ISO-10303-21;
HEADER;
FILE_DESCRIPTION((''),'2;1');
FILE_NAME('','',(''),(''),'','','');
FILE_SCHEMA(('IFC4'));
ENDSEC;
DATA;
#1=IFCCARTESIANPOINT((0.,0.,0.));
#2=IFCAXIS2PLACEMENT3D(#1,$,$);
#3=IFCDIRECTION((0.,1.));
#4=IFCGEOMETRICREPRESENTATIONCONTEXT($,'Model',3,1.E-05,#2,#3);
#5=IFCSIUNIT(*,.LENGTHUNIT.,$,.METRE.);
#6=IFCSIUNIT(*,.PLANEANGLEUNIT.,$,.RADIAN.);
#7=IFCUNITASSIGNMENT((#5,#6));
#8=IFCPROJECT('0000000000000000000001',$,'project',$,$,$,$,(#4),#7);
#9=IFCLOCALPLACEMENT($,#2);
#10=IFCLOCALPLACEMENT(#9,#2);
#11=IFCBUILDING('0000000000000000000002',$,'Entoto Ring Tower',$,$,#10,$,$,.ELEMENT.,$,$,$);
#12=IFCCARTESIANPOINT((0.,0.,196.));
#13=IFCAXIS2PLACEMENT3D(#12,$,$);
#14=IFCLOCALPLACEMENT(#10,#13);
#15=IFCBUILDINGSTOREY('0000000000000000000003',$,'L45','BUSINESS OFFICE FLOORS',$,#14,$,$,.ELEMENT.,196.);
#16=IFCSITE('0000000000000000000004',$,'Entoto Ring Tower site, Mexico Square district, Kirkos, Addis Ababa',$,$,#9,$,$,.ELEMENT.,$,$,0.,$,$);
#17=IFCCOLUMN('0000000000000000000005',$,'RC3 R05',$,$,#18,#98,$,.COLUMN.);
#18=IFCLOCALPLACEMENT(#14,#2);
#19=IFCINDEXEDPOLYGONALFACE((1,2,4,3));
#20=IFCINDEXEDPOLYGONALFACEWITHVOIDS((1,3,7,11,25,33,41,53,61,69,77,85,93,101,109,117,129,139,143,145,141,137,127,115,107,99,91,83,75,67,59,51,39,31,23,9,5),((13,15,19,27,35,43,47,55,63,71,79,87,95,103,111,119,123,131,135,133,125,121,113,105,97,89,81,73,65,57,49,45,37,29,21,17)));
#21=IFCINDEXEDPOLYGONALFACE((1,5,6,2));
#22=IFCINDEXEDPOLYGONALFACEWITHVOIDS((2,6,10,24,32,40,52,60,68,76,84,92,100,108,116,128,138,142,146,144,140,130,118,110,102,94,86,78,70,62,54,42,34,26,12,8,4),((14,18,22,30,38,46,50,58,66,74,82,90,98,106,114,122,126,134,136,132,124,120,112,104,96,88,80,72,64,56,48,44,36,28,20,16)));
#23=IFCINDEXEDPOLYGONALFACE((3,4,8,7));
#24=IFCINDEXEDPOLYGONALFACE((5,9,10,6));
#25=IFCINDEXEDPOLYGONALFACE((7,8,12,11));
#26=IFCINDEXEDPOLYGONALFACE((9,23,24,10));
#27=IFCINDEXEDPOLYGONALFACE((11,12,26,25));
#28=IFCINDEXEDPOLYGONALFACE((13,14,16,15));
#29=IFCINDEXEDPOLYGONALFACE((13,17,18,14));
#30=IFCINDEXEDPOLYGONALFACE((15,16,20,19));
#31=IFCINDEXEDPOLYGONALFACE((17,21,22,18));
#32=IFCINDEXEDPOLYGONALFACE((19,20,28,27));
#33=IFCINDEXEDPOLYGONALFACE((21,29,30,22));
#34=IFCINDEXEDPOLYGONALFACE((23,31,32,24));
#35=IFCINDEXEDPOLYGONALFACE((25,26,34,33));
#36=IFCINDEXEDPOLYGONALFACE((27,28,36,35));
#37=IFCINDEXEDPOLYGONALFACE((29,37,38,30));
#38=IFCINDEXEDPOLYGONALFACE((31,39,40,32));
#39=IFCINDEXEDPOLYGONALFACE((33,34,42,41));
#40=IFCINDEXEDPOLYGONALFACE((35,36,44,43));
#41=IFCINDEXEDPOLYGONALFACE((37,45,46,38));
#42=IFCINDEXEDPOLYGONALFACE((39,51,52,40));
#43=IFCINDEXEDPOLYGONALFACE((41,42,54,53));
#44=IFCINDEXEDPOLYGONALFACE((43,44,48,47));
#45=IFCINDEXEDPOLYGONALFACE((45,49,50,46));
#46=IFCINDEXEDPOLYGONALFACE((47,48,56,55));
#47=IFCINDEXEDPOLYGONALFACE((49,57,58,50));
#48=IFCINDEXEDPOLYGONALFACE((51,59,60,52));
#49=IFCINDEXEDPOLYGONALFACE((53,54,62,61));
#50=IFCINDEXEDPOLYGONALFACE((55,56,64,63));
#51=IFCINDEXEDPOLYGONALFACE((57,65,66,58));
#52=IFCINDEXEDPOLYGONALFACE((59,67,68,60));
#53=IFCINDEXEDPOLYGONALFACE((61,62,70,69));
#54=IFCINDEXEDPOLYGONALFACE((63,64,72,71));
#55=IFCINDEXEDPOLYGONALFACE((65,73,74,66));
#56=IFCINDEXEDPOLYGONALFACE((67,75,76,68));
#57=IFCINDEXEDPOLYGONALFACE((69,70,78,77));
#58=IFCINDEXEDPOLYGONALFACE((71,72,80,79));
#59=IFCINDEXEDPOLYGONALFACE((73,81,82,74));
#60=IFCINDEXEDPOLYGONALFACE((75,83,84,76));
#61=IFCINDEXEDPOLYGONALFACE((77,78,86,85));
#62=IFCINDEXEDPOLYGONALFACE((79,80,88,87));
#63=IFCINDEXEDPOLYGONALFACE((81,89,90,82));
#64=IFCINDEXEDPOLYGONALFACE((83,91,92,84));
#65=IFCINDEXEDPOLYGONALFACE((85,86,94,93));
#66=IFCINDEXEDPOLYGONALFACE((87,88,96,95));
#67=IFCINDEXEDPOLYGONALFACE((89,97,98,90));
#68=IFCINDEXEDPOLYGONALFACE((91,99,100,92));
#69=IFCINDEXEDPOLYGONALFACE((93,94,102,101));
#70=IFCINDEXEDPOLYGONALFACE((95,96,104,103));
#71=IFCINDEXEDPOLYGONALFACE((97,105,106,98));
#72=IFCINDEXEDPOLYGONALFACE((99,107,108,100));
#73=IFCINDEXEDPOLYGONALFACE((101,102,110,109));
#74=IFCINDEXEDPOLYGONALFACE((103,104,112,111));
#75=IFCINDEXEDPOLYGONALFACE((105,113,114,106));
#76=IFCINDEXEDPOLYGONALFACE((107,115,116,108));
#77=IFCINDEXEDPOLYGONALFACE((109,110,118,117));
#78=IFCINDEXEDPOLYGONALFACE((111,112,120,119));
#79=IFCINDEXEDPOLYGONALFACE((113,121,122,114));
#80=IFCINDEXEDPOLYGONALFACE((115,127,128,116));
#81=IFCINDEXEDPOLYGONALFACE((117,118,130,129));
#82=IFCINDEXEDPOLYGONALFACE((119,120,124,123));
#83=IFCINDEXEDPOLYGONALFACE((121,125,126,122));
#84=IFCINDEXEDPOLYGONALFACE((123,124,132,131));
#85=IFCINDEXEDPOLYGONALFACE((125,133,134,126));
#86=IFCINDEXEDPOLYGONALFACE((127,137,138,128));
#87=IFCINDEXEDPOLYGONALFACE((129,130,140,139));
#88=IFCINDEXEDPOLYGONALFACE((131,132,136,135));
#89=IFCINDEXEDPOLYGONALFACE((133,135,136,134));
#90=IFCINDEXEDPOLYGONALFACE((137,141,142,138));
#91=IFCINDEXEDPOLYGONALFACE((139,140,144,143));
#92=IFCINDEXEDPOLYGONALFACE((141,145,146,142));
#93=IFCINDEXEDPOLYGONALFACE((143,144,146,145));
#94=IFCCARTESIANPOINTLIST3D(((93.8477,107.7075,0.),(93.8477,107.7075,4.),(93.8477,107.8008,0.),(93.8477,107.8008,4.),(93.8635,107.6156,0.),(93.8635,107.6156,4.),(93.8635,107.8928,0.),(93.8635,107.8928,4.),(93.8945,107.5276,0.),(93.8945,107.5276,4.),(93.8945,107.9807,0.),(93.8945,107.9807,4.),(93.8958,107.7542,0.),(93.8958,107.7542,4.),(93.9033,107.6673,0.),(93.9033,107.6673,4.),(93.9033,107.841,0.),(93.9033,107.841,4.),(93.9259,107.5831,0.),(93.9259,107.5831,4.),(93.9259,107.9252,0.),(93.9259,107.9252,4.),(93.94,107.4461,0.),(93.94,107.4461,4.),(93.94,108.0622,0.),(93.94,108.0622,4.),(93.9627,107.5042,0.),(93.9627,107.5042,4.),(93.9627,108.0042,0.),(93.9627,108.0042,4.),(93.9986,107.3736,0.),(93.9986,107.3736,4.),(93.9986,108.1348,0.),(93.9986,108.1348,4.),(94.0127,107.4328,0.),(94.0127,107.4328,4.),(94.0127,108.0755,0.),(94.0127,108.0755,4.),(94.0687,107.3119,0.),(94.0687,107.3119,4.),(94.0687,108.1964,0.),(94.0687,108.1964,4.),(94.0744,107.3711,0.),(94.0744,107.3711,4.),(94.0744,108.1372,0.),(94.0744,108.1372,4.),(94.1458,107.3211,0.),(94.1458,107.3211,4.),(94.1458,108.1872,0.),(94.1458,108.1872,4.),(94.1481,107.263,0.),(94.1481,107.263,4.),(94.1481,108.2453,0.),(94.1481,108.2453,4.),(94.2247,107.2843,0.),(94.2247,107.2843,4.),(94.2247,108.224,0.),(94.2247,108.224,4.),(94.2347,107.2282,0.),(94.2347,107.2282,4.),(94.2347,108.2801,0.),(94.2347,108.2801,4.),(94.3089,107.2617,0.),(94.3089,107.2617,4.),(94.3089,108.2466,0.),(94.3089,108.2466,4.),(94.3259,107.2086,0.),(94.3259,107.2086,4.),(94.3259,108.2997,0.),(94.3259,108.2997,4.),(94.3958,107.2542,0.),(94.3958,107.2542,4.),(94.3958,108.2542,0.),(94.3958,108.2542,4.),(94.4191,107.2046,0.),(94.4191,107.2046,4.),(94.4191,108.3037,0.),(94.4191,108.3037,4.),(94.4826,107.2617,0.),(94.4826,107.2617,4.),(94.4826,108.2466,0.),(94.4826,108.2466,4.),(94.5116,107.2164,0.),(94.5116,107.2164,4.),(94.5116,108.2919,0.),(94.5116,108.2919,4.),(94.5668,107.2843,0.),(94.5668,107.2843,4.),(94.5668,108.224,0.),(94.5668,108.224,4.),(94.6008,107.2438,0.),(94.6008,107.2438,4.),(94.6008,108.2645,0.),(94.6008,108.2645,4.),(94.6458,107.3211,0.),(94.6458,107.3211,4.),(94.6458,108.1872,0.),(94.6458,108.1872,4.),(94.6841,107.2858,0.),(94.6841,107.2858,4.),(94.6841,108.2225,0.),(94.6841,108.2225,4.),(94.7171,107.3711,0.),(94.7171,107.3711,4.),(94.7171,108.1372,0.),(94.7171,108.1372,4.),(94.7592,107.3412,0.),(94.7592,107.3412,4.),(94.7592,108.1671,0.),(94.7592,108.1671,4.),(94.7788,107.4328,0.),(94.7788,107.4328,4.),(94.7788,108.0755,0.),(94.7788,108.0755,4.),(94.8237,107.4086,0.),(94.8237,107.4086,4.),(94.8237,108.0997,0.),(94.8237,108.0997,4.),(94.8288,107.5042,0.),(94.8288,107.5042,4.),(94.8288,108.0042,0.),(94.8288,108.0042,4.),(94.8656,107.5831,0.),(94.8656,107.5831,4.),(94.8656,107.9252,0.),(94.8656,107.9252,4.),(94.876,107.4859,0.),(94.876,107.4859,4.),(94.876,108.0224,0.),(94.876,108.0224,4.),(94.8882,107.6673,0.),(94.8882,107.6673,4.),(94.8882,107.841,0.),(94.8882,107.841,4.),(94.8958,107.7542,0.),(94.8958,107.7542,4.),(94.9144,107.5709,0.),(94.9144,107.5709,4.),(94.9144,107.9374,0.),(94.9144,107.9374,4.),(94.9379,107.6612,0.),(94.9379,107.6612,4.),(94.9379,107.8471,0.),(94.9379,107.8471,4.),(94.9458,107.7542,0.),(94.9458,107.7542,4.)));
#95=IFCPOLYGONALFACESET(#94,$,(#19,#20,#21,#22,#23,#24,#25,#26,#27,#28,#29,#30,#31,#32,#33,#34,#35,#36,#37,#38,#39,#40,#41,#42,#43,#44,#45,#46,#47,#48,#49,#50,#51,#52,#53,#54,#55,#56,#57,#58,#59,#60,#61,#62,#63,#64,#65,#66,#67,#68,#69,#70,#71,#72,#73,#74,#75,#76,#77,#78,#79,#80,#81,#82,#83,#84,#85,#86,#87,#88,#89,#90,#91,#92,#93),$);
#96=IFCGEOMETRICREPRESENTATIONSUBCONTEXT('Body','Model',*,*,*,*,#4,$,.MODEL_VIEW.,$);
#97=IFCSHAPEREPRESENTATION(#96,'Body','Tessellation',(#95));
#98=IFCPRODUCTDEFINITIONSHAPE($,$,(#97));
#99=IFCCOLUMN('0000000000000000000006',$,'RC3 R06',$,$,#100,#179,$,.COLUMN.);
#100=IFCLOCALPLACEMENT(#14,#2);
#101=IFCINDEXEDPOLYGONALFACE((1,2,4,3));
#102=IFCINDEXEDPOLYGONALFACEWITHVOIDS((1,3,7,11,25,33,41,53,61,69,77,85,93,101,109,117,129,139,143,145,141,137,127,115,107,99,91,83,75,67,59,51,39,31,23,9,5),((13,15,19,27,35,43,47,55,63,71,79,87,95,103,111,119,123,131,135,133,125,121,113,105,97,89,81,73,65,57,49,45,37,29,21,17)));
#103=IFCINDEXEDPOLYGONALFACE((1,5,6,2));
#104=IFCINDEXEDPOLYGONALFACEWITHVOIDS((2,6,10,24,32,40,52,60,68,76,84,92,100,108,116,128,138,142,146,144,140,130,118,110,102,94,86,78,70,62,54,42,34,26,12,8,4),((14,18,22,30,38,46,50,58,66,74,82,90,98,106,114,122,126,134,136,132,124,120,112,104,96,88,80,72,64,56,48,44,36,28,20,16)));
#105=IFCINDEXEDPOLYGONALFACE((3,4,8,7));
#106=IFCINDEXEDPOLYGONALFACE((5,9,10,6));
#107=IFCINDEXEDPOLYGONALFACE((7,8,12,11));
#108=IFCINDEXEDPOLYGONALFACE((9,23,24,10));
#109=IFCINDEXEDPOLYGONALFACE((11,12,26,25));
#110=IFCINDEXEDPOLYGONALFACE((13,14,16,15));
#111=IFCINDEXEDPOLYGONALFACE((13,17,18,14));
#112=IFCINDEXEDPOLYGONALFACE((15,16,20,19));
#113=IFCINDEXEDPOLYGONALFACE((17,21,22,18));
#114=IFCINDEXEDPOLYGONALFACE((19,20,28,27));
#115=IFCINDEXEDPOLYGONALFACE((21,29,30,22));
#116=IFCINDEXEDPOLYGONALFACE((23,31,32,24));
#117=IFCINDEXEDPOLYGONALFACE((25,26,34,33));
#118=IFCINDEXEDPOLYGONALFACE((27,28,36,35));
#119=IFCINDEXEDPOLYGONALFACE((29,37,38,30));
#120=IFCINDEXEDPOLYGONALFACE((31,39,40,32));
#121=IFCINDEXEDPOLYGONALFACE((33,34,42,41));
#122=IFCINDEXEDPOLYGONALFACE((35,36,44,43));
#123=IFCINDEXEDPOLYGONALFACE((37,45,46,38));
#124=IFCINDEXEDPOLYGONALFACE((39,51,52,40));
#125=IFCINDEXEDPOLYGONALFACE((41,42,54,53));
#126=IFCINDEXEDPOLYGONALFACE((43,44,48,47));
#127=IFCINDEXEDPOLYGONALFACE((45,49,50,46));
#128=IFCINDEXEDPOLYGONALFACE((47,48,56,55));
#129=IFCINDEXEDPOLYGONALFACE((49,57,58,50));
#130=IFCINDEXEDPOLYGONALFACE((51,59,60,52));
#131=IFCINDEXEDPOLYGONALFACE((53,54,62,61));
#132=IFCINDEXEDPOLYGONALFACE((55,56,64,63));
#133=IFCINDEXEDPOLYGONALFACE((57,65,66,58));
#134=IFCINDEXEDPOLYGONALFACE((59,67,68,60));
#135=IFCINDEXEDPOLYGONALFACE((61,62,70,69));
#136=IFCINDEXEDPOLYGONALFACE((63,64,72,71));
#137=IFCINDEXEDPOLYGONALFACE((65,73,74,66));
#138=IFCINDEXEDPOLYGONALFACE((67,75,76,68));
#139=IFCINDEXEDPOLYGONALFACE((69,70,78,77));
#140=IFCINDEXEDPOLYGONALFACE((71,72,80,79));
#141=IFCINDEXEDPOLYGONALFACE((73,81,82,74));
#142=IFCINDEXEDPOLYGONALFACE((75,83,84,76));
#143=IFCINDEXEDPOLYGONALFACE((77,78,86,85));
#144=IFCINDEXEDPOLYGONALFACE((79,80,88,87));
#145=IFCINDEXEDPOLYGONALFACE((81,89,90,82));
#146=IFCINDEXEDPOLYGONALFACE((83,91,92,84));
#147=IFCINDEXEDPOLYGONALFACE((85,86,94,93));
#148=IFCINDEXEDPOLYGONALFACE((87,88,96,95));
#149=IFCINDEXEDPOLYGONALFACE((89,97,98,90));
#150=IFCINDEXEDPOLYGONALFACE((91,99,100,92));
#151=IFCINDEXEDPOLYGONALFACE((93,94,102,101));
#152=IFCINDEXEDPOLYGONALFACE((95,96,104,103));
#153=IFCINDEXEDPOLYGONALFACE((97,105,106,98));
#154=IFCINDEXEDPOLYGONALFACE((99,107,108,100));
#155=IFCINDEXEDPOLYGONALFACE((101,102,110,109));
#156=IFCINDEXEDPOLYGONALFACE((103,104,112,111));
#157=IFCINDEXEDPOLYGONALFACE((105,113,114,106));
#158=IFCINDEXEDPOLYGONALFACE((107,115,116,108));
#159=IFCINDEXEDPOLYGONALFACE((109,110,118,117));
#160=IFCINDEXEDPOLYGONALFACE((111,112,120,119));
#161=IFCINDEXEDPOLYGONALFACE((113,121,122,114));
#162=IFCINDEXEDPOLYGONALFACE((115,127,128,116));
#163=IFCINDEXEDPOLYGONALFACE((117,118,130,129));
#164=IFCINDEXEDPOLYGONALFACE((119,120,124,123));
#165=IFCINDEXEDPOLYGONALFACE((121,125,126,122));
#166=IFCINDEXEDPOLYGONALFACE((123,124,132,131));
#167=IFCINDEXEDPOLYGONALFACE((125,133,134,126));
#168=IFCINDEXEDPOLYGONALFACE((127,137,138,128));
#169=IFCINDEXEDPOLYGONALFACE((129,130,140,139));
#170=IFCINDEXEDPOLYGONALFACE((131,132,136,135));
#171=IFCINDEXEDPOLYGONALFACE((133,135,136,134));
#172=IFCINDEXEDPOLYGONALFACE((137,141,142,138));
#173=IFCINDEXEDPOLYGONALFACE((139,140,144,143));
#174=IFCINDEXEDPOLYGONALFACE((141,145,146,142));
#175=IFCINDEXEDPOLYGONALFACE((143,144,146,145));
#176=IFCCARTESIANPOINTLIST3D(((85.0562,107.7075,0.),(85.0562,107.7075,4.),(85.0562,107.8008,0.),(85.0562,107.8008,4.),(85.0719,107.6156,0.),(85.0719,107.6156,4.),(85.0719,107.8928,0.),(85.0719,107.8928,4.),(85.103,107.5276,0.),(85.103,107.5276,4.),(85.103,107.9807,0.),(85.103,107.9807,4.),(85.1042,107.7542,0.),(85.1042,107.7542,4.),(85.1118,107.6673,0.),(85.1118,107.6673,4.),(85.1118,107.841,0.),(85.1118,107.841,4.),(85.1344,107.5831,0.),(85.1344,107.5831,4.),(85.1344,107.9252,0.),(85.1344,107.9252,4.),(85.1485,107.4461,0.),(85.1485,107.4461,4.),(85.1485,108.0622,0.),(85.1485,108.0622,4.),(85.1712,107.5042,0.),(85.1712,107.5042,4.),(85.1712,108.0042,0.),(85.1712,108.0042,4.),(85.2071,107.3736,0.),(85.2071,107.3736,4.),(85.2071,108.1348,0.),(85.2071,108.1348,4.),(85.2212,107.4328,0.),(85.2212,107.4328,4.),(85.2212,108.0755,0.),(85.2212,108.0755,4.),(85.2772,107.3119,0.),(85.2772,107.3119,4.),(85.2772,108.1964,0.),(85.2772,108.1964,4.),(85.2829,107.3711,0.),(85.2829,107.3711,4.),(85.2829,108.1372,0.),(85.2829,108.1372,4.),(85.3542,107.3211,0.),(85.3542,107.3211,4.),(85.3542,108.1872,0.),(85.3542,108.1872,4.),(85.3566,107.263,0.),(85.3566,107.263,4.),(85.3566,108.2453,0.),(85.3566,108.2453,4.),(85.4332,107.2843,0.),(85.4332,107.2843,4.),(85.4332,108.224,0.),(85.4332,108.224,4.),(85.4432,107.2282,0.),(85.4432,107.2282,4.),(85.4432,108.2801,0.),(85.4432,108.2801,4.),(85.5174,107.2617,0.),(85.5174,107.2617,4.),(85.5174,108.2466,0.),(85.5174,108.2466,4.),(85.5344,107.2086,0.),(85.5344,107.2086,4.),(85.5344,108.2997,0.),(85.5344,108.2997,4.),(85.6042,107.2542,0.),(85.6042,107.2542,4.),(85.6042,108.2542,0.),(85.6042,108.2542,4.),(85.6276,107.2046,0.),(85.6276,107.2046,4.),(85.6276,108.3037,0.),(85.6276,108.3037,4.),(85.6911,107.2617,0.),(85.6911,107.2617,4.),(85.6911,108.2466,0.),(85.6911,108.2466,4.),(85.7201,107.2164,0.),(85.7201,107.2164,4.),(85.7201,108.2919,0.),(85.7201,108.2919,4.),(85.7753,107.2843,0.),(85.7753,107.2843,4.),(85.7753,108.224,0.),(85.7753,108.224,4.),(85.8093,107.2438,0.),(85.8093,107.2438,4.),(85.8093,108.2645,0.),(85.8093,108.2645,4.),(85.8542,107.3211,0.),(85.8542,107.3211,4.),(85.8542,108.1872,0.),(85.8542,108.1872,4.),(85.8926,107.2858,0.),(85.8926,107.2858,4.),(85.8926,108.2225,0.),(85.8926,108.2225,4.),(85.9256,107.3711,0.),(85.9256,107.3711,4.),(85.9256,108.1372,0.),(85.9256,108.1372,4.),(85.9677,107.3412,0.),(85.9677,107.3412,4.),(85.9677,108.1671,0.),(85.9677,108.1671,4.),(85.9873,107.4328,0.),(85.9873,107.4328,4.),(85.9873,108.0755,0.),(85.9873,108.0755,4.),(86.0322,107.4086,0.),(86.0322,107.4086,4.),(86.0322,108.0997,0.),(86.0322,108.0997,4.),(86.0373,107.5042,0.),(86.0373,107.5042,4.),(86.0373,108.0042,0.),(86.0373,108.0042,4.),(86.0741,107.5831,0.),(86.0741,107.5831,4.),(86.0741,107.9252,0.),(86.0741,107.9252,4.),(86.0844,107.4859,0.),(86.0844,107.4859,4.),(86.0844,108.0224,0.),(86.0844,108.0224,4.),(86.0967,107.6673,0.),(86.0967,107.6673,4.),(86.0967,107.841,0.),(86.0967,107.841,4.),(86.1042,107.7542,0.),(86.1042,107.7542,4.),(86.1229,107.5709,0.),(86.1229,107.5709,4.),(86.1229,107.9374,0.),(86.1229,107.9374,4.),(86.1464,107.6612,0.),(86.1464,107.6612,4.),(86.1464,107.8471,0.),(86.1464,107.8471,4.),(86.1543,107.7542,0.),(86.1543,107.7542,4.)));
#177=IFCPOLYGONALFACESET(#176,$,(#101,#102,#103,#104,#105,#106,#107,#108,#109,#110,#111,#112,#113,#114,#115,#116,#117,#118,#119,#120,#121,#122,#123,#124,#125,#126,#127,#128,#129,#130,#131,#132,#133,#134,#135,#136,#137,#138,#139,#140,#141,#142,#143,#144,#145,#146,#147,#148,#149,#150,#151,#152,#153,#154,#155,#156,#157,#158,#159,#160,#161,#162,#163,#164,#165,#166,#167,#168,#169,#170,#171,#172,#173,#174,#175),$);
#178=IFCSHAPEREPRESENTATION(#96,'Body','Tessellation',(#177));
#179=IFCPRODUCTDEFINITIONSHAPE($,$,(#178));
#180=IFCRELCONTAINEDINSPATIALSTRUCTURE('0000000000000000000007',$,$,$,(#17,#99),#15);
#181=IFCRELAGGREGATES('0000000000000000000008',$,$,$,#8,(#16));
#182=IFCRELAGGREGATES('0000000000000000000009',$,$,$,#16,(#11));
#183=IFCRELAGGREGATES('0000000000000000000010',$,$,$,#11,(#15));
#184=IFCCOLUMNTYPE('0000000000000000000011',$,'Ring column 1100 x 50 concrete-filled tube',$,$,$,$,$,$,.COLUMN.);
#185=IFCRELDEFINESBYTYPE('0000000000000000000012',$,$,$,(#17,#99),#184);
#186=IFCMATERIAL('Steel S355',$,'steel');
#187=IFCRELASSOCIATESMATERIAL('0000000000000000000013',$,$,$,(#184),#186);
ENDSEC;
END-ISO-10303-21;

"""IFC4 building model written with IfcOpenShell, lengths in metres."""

from ifc_helpers import new_model, si_unit, direction, frame, origin, origin_2d, place, context, subcontext, project, spatial, circle, hollow_circle, extrude, material, material_profile, profile_set, type_object, element, save


model = new_model("IFC4")

# Units and contexts
model_context = context("Model", 3, precision=1e-05, world=origin(), true_north=direction((0.0, 1.0)))
body_context = subcontext(model_context, "Body", "Model", "MODEL_VIEW")
ifc_project = project(units=[si_unit("LENGTHUNIT", "METRE"), si_unit("PLANEANGLEUNIT", "RADIAN")], contexts=[model_context])

# Site, building, storey
site_placement = place(None, origin())
site = spatial("IfcSite", under=ifc_project, at=site_placement, Name="Entoto Ring Tower site, Mexico Square district, Kirkos, Addis Ababa", CompositionType="ELEMENT", RefElevation=0.0)
building_placement = place(site_placement, origin())
building = spatial("IfcBuilding", under=site, at=building_placement, Name="Entoto Ring Tower", CompositionType="ELEMENT")
storey_placement = place(building_placement, frame((0.0, 0.0, 196.0)))
storey = spatial("IfcBuildingStorey", under=building, at=storey_placement, Name="L45", Description="BUSINESS OFFICE FLOORS", CompositionType="ELEMENT", Elevation=196.0)

# Columns
ifc_material_1 = material(Name="Steel S355", Category="steel")
ifc_material_profile_1 = material_profile(ifc_material_1, hollow_circle(Radius=0.55, WallThickness=0.05, at=origin_2d()), Name="CHS 1100 x 50")
ifc_material_2 = material(Name="Concrete C60/75", Category="concrete")
ifc_material_profile_2 = material_profile(ifc_material_2, circle(Radius=0.5, at=origin_2d()), Name="Concrete C60/75 infill")
ifc_profile_set_1 = profile_set([ifc_material_profile_1, ifc_material_profile_2], Name="Steel S355")
column_type = type_object("IfcColumnType", Name="Ring column 1100 x 50 concrete-filled tube", PredefinedType="COLUMN", material=ifc_profile_set_1)
for number, where, z_axis, x_axis, name in (
    (1, (94.3958, 107.7542, 0.0), (0.0, 0.0, 1.0), (1.0, 0.0, 0.0), "RC3 R05"),
    (2, (85.6042, 107.7542, 0.0), (0.0, 0.0, 1.0), (1.0, 0.0, 0.0), "RC3 R06"),
):
    element("IfcColumn", number, at=place(storey_placement, frame(where, z_axis=z_axis, x_axis=x_axis)), inside=storey, type_object=column_type, Name=name, PredefinedType="COLUMN", context=body_context, shape_type="SweptSolid", body=[
        extrude(hollow_circle(Radius=0.55, WallThickness=0.05, at=origin_2d()), origin(), (0.0, 0.0, 1.0), 4.0),
    ])

save(model, "model.ifc")
